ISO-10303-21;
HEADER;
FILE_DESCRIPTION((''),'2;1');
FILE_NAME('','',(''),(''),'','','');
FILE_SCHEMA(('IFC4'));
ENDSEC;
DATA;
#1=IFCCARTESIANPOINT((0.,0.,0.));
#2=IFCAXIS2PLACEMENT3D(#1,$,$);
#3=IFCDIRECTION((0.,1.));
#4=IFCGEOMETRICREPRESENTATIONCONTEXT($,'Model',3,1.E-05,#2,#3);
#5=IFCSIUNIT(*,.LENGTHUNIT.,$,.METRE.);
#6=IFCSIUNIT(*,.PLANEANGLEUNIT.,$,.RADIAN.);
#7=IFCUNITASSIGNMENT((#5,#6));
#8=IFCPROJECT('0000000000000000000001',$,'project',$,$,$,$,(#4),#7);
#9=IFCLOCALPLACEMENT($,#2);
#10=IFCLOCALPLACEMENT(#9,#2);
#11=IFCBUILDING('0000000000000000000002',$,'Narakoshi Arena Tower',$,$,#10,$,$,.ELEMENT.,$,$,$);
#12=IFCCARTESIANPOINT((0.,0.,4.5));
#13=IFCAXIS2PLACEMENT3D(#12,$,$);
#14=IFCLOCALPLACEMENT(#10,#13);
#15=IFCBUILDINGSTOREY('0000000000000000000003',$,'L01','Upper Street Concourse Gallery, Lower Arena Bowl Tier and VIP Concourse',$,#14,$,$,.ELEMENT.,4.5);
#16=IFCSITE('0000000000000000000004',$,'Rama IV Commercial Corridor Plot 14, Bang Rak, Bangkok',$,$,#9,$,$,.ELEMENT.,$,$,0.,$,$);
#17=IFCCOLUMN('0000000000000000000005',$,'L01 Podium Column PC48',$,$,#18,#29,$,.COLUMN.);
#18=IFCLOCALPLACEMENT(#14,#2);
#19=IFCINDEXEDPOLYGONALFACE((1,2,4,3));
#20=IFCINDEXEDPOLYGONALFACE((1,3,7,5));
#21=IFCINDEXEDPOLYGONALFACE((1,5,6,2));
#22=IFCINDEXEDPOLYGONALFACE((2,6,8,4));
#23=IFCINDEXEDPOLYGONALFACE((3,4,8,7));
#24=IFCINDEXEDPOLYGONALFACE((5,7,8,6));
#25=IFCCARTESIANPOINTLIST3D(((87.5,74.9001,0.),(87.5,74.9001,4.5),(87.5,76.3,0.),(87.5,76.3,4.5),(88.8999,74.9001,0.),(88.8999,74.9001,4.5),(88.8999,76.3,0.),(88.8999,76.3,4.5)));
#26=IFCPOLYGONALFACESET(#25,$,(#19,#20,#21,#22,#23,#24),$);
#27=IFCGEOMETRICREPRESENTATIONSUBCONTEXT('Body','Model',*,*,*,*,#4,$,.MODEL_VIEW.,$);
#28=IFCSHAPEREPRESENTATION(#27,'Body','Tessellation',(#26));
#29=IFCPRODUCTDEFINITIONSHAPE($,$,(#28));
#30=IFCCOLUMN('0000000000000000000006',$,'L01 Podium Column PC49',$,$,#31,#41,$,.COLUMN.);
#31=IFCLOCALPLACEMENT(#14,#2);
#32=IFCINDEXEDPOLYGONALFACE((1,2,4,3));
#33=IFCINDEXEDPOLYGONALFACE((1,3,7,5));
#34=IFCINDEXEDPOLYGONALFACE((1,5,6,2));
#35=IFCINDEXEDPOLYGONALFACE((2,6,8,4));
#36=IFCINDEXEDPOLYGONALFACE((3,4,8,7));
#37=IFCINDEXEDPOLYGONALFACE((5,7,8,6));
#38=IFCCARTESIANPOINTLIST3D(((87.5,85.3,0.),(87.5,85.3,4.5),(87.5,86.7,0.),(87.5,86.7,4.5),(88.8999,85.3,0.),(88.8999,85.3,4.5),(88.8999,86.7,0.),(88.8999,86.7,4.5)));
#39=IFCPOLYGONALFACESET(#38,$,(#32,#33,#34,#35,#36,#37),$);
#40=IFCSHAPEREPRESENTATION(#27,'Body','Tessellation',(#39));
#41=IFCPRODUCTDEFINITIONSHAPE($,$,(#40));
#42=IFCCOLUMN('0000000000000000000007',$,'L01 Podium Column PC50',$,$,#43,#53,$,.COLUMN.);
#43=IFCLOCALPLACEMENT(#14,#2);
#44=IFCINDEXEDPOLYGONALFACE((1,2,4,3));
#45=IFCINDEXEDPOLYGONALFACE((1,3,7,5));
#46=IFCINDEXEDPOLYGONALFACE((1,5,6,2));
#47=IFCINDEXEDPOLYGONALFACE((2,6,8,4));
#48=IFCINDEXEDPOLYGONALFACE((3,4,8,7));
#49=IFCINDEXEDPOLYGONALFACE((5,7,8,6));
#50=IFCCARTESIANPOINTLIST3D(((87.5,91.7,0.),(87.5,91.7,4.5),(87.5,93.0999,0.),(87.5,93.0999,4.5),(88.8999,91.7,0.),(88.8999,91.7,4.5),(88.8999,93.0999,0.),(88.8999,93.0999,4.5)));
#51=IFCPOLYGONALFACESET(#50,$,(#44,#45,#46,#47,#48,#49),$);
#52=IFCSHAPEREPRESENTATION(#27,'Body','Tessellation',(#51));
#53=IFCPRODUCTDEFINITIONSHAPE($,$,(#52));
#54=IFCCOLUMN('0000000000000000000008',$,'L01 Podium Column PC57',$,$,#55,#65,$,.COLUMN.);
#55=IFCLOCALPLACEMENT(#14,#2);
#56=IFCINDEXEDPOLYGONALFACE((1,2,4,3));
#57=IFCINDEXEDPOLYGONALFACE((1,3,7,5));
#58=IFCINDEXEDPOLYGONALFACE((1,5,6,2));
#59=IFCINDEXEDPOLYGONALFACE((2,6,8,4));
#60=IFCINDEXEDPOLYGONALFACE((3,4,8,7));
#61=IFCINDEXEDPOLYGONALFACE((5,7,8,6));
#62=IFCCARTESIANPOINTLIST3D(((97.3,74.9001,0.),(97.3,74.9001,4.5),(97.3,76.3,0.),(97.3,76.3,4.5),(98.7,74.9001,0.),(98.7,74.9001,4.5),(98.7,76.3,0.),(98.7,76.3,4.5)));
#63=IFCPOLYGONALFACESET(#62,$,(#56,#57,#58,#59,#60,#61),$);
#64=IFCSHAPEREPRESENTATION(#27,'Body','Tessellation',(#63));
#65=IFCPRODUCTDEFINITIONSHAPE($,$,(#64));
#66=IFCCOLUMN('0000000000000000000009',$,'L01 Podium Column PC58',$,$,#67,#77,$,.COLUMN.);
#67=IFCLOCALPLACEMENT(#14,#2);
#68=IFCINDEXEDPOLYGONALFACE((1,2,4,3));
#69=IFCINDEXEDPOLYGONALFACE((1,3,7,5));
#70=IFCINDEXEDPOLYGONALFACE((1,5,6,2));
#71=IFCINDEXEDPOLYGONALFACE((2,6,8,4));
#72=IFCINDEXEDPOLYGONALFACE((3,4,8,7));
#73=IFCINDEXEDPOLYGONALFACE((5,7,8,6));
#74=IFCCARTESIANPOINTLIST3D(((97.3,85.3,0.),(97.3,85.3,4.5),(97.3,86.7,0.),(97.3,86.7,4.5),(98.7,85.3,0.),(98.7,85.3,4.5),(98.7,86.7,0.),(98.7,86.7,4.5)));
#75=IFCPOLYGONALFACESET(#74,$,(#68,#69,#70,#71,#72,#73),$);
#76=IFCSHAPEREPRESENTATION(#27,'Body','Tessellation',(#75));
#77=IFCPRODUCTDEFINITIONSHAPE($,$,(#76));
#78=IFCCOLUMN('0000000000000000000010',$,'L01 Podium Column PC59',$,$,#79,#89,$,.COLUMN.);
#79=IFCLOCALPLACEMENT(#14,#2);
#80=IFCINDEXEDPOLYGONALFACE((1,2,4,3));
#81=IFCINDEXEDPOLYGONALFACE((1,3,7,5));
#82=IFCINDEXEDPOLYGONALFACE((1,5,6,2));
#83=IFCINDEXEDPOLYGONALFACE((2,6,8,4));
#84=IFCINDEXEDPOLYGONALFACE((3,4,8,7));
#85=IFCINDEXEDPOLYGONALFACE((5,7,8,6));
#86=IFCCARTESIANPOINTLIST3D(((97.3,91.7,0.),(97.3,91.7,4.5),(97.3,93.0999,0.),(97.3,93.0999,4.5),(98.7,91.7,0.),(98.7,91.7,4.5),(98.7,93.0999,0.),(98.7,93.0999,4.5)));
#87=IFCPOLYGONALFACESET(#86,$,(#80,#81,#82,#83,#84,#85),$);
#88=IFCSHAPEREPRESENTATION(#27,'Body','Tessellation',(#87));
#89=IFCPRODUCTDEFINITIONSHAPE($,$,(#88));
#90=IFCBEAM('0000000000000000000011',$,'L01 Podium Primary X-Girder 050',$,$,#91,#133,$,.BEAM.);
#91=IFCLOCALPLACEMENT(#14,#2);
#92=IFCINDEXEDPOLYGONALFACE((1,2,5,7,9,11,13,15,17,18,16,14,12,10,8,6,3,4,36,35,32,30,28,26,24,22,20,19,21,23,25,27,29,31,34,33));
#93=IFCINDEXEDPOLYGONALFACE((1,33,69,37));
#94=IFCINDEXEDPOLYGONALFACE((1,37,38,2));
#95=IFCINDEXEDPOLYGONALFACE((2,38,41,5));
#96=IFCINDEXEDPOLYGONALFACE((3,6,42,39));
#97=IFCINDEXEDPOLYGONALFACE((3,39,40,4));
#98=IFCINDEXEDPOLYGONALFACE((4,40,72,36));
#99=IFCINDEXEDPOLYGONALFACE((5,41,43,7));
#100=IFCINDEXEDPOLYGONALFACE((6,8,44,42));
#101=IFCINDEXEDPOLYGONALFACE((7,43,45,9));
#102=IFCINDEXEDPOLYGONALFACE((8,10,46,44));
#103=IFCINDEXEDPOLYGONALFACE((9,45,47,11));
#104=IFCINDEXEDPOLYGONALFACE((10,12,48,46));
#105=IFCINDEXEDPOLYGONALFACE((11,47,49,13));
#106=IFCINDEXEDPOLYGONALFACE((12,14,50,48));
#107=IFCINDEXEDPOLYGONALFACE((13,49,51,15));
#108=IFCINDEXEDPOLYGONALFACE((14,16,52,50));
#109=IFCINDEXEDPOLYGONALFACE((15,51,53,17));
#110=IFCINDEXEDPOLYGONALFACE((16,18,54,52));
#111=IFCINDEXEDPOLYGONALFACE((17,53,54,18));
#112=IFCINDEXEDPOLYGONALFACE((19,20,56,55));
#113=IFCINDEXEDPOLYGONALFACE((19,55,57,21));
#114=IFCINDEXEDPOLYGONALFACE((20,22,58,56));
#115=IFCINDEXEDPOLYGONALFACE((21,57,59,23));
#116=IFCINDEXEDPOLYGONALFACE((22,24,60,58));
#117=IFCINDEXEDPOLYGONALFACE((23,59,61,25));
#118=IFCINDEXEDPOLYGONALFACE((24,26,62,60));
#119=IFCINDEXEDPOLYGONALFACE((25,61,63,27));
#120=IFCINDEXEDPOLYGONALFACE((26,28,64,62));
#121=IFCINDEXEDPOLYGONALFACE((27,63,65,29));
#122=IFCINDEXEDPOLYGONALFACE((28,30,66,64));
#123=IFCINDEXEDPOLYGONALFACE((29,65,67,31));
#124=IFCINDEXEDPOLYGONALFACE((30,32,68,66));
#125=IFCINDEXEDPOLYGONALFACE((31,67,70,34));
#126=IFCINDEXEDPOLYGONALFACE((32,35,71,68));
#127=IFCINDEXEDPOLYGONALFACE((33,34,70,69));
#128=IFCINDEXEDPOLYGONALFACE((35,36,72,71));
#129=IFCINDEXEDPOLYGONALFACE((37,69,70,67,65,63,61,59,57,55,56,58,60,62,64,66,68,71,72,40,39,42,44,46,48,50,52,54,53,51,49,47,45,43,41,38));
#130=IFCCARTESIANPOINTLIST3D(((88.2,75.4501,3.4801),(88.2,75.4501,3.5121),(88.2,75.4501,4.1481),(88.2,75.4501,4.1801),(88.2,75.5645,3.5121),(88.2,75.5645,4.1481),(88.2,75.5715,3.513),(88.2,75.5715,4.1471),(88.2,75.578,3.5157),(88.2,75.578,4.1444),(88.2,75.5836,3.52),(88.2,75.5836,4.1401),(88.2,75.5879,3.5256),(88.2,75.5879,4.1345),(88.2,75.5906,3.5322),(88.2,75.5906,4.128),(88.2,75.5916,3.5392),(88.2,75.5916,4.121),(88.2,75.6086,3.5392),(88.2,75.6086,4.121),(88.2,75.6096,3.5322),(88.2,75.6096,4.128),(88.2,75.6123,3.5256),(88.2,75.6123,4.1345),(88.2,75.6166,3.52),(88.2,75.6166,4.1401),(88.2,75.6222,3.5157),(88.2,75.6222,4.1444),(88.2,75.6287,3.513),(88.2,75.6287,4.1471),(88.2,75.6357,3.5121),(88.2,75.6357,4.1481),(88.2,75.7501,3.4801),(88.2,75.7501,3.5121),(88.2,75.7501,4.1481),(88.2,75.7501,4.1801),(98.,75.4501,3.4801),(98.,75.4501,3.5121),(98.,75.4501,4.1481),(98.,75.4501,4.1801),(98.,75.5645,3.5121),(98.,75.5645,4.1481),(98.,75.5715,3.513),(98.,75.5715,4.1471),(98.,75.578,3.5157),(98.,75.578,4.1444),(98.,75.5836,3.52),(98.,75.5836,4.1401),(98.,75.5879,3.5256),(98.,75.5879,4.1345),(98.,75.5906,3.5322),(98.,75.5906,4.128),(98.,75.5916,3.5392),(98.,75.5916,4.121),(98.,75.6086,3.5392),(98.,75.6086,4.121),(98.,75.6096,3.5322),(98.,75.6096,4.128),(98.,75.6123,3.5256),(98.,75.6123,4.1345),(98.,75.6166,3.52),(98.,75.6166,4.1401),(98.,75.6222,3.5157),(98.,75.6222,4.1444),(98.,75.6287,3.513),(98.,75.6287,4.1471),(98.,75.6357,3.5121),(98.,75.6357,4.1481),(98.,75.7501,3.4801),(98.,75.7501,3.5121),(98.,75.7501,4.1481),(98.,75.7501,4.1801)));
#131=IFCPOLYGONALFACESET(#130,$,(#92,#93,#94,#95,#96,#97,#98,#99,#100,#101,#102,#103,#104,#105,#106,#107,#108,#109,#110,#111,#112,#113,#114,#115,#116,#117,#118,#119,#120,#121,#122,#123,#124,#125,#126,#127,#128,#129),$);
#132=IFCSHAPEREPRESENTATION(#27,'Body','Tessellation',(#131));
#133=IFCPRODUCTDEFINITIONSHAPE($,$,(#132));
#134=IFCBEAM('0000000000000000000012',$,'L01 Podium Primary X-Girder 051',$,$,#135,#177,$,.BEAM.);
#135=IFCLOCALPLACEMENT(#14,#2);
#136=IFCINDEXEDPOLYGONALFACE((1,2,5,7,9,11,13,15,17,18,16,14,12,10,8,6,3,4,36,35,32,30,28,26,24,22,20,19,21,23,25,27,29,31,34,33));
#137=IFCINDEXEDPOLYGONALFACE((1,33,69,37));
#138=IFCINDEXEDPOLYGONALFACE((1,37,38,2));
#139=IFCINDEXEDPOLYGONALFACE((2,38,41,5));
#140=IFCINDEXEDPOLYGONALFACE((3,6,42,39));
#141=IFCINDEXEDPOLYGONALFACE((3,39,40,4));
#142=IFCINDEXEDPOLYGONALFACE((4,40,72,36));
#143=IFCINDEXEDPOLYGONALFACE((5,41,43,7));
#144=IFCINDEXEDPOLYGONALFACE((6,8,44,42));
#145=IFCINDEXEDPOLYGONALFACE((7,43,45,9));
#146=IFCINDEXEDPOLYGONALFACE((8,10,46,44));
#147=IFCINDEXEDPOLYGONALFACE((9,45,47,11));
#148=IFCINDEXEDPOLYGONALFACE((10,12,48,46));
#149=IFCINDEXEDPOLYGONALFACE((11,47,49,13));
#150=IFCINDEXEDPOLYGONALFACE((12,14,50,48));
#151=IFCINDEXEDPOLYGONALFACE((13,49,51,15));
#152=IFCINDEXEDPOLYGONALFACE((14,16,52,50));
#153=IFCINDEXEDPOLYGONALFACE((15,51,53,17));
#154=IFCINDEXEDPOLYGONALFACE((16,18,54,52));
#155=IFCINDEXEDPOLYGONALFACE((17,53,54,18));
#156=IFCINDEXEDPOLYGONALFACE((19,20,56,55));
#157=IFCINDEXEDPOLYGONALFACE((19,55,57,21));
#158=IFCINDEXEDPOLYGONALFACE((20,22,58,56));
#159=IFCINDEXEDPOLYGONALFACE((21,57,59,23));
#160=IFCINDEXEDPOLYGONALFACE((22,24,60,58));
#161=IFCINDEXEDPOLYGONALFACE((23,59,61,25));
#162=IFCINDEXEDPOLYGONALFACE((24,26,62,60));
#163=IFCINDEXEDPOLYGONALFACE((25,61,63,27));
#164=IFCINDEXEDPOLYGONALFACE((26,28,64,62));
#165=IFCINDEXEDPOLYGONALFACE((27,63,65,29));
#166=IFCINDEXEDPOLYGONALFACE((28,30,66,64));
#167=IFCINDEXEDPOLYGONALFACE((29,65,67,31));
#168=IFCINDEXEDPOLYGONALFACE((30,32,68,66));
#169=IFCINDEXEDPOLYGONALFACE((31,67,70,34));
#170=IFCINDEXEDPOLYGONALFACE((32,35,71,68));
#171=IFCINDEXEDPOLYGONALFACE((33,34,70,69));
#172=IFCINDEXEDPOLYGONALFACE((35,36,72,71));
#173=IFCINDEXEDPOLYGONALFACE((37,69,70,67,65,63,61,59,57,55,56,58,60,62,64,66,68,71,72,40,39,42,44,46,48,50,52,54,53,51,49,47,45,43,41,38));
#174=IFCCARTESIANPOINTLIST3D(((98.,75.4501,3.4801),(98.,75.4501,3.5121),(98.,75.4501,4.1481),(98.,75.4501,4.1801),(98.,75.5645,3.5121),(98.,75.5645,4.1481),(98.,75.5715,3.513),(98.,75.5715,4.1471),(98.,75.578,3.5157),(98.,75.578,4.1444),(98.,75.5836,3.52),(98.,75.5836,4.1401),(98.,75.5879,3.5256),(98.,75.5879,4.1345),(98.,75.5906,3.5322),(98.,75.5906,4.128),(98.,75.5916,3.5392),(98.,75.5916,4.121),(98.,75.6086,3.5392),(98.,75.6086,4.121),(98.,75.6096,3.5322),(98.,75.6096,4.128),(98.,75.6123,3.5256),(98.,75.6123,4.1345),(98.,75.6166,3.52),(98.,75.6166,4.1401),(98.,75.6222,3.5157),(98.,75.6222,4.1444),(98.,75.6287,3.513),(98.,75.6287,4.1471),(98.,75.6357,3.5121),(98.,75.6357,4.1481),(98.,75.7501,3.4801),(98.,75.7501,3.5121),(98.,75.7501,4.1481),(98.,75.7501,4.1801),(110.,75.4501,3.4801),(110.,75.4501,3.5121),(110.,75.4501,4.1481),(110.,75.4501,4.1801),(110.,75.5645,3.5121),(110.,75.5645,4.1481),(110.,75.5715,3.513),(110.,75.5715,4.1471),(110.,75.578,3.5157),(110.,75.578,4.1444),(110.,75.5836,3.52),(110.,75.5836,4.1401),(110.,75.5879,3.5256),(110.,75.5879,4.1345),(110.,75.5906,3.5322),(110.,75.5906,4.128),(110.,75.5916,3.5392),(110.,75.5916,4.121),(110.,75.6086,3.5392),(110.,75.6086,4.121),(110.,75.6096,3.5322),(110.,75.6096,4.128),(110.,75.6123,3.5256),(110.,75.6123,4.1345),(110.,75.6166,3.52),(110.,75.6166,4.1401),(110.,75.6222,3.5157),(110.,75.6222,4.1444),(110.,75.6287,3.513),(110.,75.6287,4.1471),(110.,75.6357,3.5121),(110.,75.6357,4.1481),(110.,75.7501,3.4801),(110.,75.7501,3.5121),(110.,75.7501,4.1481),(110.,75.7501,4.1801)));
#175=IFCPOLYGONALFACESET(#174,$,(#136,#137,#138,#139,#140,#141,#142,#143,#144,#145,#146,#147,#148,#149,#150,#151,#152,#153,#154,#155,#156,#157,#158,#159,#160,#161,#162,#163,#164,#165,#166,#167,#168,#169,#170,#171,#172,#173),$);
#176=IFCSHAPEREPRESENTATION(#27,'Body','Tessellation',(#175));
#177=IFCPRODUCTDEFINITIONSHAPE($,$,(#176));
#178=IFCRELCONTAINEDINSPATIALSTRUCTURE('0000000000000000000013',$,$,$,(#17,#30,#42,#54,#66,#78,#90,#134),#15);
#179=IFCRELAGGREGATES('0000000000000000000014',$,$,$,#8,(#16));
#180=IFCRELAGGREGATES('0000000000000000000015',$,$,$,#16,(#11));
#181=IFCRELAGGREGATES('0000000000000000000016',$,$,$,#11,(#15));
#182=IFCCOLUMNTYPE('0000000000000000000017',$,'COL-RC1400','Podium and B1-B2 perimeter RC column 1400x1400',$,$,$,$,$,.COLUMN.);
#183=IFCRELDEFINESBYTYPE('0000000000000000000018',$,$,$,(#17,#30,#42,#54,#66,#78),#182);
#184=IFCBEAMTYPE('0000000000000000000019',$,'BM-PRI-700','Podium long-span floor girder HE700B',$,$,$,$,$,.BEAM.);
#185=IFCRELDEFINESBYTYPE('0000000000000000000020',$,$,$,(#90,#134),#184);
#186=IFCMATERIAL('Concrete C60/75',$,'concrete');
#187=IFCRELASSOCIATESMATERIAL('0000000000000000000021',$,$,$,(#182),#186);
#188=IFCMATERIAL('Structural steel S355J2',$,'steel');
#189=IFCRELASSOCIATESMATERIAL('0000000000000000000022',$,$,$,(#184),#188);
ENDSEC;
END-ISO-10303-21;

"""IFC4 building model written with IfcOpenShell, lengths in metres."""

from ifc_helpers import new_model, si_unit, direction, frame, origin, origin_2d, place, context, subcontext, project, spatial, rectangle, i_section, extrude, material, material_profile, profile_set, type_object, element, save


model = new_model("IFC4")

# Units and contexts
model_context = context("Model", 3, precision=1e-05, world=origin(), true_north=direction((0.0, 1.0)))
body_context = subcontext(model_context, "Body", "Model", "MODEL_VIEW")
ifc_project = project(units=[si_unit("LENGTHUNIT", "METRE"), si_unit("PLANEANGLEUNIT", "RADIAN")], contexts=[model_context])

# Site, building, storey
site_placement = place(None, origin())
site = spatial("IfcSite", under=ifc_project, at=site_placement, Name="Rama IV Commercial Corridor Plot 14, Bang Rak, Bangkok", CompositionType="ELEMENT", RefElevation=0.0)
building_placement = place(site_placement, origin())
building = spatial("IfcBuilding", under=site, at=building_placement, Name="Narakoshi Arena Tower", CompositionType="ELEMENT")
storey_placement = place(building_placement, frame((0.0, 0.0, 4.5)))
storey = spatial("IfcBuildingStorey", under=building, at=storey_placement, Name="L01", Description="Upper Street Concourse Gallery, Lower Arena Bowl Tier and VIP Concourse", CompositionType="ELEMENT", Elevation=4.5)

# Columns
ifc_material_1 = material(Name="Concrete C60/75", Category="concrete")
ifc_material_profile_1 = material_profile(ifc_material_1, rectangle(XDim=1.3999, YDim=1.3999, at=origin_2d()), Name="RC1400x1400")
ifc_profile_set_1 = profile_set([ifc_material_profile_1], Name="Concrete C60/75")
column_type = type_object("IfcColumnType", Name="COL-RC1400", Description="Podium and B1-B2 perimeter RC column 1400x1400", PredefinedType="COLUMN", material=ifc_profile_set_1)
for number, where, z_axis, x_axis, name in (
    (1, (88.2, 75.6001, 0.0), (0.0, 0.0, 1.0), (1.0, 0.0, 0.0), "L01 Podium Column PC48"),
    (2, (88.2, 86.0, 0.0), (0.0, 0.0, 1.0), (1.0, 0.0, 0.0), "L01 Podium Column PC49"),
    (3, (88.2, 92.3999, 0.0), (0.0, 0.0, 1.0), (1.0, 0.0, 0.0), "L01 Podium Column PC50"),
    (4, (98.0, 75.6001, 0.0), (0.0, 0.0, 1.0), (1.0, 0.0, 0.0), "L01 Podium Column PC57"),
    (5, (98.0, 86.0, 0.0), (0.0, 0.0, 1.0), (1.0, 0.0, 0.0), "L01 Podium Column PC58"),
    (6, (98.0, 92.3999, 0.0), (0.0, 0.0, 1.0), (1.0, 0.0, 0.0), "L01 Podium Column PC59"),
):
    element("IfcColumn", number, at=place(storey_placement, frame(where, z_axis=z_axis, x_axis=x_axis)), inside=storey, type_object=column_type, Name=name, PredefinedType="COLUMN", context=body_context, shape_type="SweptSolid", body=[
        extrude(rectangle(XDim=1.3999, YDim=1.3999, at=origin_2d()), origin(), (0.0, 0.0, 1.0), 4.5),
    ])

# Beams
ifc_material_2 = material(Name="Structural steel S355J2", Category="steel")
ifc_material_profile_2 = material_profile(ifc_material_2, i_section(OverallWidth=0.3, OverallDepth=0.7, WebThickness=0.0171, FlangeThickness=0.032, FilletRadius=0.0271, at=origin_2d()), Name="HE700B")
ifc_profile_set_2 = profile_set([ifc_material_profile_2], Name="Structural steel S355J2")
beam_type_1 = type_object("IfcBeamType", Name="BM-PRI-700", Description="Podium long-span floor girder HE700B", PredefinedType="BEAM", material=ifc_profile_set_2)
beam_1_placement = place(storey_placement, frame((88.2, 75.6001, 3.8301), z_axis=(1.0, 0.0, 0.0), x_axis=(0.0, 1.0, 0.0)))
element("IfcBeam", 7, at=beam_1_placement, inside=storey, type_object=beam_type_1, Name="L01 Podium Primary X-Girder 050", PredefinedType="BEAM", context=body_context, shape_type="SweptSolid", body=[
    extrude(i_section(OverallWidth=0.3, OverallDepth=0.7, WebThickness=0.0171, FlangeThickness=0.032, FilletRadius=0.0271, at=origin_2d()), origin(), (0.0, 0.0, 1.0), 9.8),
])
beam_2_placement = place(storey_placement, frame((98.0, 75.6001, 3.8301), z_axis=(1.0, 0.0, 0.0), x_axis=(0.0, 1.0, 0.0)))
element("IfcBeam", 8, at=beam_2_placement, inside=storey, type_object=beam_type_1, Name="L01 Podium Primary X-Girder 051", PredefinedType="BEAM", context=body_context, shape_type="SweptSolid", body=[
    extrude(i_section(OverallWidth=0.3, OverallDepth=0.7, WebThickness=0.0171, FlangeThickness=0.032, FilletRadius=0.0271, at=origin_2d()), origin(), (0.0, 0.0, 1.0), 12.0),
])

save(model, "model.ifc")
